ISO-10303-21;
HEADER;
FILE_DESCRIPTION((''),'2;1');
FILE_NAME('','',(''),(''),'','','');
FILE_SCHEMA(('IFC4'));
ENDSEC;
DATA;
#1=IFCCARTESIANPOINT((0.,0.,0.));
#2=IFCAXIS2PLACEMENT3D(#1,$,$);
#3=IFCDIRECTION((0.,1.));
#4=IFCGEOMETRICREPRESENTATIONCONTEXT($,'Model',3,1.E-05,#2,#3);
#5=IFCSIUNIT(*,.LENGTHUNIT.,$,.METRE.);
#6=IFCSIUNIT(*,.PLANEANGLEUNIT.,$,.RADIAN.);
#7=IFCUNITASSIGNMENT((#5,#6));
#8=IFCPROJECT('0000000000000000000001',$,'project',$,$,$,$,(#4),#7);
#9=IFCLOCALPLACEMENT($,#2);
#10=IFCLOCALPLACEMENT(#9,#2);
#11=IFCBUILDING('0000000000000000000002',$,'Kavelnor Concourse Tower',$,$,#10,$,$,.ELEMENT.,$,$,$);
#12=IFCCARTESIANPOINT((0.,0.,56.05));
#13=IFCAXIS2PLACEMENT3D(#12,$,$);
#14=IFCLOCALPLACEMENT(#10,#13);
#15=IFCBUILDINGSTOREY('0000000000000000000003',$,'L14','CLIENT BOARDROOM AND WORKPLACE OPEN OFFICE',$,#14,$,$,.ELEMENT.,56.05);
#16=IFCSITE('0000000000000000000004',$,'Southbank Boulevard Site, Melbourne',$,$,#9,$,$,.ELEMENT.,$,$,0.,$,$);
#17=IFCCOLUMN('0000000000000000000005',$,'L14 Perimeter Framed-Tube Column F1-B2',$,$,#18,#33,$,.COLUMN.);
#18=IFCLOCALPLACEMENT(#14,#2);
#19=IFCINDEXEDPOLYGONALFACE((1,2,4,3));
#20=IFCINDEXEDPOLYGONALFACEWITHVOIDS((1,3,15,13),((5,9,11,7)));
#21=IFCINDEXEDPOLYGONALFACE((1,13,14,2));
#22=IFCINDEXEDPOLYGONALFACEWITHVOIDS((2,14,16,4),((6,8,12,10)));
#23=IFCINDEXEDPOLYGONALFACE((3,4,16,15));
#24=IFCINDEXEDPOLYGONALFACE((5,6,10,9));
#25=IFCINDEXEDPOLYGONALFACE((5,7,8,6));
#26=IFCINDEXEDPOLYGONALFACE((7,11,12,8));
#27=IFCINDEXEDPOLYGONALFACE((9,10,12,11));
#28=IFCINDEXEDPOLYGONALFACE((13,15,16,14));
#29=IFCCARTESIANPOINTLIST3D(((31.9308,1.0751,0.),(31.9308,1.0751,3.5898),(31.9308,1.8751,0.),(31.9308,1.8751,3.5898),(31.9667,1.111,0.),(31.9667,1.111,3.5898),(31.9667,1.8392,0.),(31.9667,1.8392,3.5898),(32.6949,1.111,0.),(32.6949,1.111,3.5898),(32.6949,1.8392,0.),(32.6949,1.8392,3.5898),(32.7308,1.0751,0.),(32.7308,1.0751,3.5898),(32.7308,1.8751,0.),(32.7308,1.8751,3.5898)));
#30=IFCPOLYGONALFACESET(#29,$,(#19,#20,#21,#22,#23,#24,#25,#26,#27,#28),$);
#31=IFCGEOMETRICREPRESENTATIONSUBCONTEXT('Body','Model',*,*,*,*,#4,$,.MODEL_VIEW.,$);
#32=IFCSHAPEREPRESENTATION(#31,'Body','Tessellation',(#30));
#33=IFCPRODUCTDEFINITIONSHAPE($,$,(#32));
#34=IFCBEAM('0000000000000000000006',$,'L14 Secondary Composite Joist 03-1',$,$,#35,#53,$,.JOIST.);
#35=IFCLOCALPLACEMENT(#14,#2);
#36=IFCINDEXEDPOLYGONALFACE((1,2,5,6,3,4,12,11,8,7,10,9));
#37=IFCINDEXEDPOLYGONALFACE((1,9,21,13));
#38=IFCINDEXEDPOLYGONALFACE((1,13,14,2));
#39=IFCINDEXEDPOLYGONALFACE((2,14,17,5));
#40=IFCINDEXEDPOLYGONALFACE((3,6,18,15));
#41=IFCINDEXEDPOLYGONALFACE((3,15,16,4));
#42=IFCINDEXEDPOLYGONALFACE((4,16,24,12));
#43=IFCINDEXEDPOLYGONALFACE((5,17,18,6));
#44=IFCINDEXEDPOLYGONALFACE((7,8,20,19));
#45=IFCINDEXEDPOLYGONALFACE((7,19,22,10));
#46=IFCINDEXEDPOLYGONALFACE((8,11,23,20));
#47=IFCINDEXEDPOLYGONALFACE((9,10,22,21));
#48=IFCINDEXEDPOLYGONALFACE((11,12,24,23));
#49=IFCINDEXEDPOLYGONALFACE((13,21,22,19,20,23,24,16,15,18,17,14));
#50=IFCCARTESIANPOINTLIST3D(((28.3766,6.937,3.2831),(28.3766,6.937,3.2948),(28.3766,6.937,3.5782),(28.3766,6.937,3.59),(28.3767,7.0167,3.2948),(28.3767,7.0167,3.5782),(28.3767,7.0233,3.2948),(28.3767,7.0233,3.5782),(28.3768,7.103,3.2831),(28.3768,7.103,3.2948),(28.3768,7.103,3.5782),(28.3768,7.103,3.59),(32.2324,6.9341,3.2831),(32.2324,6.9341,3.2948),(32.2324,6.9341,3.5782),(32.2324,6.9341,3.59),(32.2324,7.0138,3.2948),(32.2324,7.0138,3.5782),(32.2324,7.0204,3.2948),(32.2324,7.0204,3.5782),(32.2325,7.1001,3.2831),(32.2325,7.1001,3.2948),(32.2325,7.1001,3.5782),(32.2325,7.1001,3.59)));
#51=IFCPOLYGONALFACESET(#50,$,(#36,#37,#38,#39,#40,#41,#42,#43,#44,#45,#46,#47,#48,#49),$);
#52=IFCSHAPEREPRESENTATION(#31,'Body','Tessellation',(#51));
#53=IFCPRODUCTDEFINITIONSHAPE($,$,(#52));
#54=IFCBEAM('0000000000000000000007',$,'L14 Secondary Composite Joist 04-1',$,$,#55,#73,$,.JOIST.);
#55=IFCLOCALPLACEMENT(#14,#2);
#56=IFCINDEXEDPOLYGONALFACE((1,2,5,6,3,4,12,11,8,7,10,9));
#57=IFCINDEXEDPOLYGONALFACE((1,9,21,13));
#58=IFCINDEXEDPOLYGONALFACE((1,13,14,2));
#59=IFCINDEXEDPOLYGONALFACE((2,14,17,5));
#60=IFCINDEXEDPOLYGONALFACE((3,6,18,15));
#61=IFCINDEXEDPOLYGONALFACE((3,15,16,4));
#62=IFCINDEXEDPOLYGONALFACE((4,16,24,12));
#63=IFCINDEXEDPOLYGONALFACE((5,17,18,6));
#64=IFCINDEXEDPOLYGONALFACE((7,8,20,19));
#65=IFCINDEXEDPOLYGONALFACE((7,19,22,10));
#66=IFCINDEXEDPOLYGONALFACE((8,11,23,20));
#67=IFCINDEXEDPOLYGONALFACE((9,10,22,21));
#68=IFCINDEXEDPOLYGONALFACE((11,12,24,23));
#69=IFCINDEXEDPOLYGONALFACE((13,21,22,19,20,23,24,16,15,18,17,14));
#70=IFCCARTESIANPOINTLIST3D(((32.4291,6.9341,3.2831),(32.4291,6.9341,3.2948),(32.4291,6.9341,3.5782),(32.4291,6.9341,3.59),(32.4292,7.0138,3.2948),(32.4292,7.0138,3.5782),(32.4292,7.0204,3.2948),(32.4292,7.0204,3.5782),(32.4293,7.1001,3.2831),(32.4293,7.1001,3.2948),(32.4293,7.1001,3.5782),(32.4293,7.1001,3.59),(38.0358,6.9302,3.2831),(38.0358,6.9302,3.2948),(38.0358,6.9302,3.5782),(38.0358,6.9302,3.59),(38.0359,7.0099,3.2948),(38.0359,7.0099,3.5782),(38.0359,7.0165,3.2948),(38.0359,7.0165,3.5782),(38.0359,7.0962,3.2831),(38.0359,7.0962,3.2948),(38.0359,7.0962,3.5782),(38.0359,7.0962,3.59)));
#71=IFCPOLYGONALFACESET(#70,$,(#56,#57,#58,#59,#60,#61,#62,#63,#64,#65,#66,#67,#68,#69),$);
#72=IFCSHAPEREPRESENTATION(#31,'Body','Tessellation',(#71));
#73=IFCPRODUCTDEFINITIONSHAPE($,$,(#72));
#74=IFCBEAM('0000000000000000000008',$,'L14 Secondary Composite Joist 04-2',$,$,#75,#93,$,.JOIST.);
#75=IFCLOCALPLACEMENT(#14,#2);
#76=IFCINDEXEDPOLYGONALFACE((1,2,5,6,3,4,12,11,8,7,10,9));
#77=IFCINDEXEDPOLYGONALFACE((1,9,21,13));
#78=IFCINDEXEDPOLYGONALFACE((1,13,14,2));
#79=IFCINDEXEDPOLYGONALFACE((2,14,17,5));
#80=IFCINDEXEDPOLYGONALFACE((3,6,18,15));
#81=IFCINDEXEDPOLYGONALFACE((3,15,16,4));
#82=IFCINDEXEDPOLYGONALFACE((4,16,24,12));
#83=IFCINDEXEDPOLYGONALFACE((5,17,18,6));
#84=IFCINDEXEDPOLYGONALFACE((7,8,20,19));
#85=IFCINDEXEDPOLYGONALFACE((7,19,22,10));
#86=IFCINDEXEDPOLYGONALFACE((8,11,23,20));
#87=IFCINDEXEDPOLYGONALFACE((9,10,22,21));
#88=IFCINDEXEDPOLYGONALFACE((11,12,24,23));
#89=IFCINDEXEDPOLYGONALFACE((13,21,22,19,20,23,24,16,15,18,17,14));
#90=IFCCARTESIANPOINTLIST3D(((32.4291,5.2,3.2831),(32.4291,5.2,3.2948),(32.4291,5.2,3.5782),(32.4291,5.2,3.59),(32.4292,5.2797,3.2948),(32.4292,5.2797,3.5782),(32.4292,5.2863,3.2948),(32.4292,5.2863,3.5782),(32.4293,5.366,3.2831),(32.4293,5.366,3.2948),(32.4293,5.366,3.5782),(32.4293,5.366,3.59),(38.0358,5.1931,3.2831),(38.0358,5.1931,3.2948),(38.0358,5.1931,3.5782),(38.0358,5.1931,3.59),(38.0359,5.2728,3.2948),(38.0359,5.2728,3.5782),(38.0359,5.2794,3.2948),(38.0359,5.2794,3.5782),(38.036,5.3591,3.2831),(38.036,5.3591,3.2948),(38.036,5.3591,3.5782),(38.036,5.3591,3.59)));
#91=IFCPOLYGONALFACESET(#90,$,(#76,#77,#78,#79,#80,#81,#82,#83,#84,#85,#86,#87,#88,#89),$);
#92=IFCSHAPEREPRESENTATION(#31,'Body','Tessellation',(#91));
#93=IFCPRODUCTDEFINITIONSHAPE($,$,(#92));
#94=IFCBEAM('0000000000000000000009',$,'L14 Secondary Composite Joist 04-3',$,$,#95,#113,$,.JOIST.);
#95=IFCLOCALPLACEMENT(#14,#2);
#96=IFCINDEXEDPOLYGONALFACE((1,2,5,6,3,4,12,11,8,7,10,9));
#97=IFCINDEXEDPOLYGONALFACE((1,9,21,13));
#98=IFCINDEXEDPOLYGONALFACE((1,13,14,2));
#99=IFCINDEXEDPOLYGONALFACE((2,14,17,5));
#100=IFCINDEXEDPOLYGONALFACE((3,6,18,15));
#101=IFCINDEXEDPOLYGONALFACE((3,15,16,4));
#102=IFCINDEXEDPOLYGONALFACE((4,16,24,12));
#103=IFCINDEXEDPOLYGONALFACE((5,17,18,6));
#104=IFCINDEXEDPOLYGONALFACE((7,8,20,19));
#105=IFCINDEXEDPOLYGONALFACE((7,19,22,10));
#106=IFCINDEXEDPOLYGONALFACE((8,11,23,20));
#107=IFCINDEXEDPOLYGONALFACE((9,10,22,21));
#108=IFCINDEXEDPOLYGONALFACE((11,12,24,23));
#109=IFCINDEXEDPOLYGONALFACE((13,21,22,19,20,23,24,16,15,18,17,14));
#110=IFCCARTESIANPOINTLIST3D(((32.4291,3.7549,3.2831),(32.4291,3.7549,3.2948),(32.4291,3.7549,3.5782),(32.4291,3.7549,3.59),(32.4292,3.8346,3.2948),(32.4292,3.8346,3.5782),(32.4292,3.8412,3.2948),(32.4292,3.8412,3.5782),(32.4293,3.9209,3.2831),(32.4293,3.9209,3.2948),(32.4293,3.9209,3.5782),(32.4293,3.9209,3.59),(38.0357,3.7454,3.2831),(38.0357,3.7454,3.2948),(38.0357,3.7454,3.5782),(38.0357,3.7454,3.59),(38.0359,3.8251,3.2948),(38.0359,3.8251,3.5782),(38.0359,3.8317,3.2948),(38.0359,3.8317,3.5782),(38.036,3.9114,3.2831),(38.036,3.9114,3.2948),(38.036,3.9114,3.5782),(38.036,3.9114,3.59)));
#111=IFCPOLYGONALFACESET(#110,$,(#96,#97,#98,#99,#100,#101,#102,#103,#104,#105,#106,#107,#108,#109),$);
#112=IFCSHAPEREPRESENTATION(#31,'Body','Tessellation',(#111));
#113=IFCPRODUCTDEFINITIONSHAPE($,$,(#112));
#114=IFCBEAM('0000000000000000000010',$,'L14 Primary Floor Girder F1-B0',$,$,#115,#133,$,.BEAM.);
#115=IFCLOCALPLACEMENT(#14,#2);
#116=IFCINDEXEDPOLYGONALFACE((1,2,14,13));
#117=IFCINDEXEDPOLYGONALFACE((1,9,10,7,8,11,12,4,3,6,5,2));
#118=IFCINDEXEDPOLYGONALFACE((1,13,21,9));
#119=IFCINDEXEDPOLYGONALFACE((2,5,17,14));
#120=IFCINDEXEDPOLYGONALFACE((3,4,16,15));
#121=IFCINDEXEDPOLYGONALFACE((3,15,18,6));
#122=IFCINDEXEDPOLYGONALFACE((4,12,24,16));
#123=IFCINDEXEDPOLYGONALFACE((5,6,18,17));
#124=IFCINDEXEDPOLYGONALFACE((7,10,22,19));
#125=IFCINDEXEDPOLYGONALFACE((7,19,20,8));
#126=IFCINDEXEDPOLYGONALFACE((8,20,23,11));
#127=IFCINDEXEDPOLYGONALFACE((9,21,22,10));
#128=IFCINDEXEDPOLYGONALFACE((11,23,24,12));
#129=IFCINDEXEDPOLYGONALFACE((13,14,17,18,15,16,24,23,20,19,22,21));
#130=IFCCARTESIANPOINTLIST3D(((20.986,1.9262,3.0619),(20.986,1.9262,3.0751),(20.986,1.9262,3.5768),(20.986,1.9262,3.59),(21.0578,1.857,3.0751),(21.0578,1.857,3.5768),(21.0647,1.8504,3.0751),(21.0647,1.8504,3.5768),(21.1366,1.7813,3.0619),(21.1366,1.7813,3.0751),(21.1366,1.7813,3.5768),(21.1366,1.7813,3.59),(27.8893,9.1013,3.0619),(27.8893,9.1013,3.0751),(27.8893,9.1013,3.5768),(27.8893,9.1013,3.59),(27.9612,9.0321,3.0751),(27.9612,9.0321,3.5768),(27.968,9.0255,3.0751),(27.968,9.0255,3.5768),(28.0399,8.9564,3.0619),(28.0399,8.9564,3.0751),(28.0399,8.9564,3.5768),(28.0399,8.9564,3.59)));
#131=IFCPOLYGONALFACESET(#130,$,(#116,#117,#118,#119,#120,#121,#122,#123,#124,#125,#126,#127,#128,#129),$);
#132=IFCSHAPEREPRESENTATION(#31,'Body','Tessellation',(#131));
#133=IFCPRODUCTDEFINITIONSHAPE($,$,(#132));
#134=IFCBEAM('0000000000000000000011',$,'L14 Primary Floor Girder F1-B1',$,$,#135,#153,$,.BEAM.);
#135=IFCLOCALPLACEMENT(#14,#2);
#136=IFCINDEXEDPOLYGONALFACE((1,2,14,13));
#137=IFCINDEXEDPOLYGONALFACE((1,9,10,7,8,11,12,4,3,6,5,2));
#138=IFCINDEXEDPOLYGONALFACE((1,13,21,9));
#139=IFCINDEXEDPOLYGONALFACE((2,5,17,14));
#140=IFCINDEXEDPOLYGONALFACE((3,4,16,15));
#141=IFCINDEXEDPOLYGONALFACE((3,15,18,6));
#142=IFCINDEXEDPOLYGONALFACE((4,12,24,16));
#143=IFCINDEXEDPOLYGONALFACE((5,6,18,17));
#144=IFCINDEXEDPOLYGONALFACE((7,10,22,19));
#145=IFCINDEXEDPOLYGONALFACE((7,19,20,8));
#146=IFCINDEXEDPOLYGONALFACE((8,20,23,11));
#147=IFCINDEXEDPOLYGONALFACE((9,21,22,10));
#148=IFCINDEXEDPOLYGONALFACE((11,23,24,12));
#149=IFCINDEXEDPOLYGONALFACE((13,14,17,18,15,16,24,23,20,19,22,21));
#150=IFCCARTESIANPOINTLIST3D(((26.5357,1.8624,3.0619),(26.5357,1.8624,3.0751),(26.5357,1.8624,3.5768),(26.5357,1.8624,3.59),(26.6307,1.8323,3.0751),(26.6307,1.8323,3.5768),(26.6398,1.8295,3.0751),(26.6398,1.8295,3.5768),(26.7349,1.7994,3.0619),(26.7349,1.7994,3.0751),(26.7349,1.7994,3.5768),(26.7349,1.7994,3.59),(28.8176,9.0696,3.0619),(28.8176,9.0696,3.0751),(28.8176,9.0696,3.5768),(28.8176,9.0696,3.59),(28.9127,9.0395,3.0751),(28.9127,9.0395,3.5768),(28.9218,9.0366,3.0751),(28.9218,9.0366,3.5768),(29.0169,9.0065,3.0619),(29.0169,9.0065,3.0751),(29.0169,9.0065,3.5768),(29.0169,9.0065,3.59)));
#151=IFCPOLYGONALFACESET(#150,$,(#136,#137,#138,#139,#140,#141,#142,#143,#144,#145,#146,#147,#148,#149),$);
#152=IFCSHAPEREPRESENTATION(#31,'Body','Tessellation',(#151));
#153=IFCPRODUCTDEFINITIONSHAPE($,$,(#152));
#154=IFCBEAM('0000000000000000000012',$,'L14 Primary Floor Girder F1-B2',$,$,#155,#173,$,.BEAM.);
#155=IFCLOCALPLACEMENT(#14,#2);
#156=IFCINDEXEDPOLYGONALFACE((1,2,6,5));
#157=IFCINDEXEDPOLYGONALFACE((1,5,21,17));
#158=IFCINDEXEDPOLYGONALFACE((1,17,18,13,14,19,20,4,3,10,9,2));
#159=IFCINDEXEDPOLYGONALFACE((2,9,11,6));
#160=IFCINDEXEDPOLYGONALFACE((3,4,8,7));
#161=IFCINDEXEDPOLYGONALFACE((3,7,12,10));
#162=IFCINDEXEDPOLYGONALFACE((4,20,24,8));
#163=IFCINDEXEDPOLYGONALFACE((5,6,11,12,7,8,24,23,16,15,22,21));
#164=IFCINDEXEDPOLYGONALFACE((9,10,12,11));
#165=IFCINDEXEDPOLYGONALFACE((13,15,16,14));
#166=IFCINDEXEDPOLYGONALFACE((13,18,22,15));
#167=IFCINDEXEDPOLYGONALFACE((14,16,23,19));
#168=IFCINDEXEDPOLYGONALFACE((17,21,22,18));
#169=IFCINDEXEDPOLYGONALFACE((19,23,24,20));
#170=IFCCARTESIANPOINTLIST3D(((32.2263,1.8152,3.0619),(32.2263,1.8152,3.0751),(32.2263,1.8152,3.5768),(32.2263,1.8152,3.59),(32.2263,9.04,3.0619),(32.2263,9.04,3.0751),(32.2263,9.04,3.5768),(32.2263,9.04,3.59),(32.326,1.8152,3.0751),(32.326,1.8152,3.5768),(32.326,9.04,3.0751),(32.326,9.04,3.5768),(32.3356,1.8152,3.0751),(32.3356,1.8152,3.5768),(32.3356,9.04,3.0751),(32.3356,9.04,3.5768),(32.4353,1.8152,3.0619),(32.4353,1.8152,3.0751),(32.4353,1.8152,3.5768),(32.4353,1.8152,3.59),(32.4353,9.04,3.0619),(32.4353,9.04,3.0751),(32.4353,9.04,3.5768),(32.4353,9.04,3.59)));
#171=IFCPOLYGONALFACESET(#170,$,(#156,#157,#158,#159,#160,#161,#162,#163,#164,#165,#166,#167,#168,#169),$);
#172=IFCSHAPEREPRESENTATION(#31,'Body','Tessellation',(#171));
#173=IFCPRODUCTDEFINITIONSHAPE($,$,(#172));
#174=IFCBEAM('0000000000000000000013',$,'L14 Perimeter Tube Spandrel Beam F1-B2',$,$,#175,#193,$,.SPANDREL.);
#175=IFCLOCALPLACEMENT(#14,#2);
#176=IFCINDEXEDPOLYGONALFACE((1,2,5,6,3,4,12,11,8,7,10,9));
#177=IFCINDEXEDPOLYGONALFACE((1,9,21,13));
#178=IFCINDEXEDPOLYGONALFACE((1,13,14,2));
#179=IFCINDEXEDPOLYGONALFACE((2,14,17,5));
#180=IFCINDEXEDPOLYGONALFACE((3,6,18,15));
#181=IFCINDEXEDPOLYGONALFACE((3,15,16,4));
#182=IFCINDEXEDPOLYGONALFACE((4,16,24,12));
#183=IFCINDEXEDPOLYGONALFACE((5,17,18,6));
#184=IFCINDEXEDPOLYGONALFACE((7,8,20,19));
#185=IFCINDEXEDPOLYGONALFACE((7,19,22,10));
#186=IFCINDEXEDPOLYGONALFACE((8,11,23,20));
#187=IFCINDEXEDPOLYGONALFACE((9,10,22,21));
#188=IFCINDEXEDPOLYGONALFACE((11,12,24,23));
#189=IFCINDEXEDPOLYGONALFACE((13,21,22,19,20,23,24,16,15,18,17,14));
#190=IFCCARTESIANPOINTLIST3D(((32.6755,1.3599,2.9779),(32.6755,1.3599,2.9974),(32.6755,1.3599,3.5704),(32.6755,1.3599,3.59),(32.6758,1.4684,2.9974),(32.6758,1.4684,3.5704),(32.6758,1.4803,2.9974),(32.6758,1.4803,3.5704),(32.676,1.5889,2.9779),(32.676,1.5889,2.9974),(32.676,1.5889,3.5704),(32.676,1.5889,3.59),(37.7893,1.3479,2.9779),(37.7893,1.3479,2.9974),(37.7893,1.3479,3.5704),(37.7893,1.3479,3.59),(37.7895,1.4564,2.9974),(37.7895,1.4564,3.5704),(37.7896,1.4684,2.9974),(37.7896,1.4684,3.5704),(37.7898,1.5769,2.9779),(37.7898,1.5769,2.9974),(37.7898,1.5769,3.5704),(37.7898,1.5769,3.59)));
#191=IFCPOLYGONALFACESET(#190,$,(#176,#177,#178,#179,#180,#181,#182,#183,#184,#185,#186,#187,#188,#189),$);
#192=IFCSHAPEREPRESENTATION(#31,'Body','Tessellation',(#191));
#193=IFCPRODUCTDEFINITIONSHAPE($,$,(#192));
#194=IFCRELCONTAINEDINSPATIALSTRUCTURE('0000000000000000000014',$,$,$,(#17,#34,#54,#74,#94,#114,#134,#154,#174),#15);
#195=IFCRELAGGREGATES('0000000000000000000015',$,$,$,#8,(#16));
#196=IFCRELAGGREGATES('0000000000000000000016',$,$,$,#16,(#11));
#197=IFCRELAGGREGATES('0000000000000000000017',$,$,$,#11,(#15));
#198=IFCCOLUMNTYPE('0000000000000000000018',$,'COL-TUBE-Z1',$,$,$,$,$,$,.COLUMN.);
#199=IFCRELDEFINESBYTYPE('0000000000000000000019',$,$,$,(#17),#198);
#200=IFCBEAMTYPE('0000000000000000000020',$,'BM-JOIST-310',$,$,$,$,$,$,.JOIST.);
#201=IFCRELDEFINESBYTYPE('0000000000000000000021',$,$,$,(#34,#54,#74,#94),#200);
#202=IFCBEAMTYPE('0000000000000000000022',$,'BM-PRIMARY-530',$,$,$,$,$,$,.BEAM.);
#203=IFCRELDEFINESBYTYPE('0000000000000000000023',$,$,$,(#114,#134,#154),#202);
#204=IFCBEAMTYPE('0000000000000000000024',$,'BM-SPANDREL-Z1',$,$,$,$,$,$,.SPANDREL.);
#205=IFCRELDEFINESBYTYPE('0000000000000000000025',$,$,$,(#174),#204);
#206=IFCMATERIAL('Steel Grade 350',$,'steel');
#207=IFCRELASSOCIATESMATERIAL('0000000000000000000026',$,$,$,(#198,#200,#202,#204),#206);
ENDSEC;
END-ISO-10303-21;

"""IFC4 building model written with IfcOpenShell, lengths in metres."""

from ifc_helpers import new_model, si_unit, direction, frame, origin, origin_2d, place, context, subcontext, project, spatial, hollow_rectangle, i_section, extrude, material, material_profile, profile_set, type_object, element, save


model = new_model("IFC4")

# Units and contexts
model_context = context("Model", 3, precision=1e-05, world=origin(), true_north=direction((0.0, 1.0)))
body_context = subcontext(model_context, "Body", "Model", "MODEL_VIEW")
ifc_project = project(units=[si_unit("LENGTHUNIT", "METRE"), si_unit("PLANEANGLEUNIT", "RADIAN")], contexts=[model_context])

# Site, building, storey
site_placement = place(None, origin())
site = spatial("IfcSite", under=ifc_project, at=site_placement, Name="Southbank Boulevard Site, Melbourne", CompositionType="ELEMENT", RefElevation=0.0)
building_placement = place(site_placement, origin())
building = spatial("IfcBuilding", under=site, at=building_placement, Name="Kavelnor Concourse Tower", CompositionType="ELEMENT")
storey_placement = place(building_placement, frame((0.0, 0.0, 56.05)))
storey = spatial("IfcBuildingStorey", under=building, at=storey_placement, Name="L14", Description="CLIENT BOARDROOM AND WORKPLACE OPEN OFFICE", CompositionType="ELEMENT", Elevation=56.05)

# Column
ifc_material_1 = material(Name="Steel Grade 350", Category="steel")
ifc_material_profile_1 = material_profile(ifc_material_1, hollow_rectangle(XDim=0.8, YDim=0.8, WallThickness=0.0359, at=origin_2d()), Name="SHS 800x800x36")
ifc_profile_set_1 = profile_set([ifc_material_profile_1], Name="Steel Grade 350")
column_type = type_object("IfcColumnType", Name="COL-TUBE-Z1", PredefinedType="COLUMN", material=ifc_profile_set_1)
column_placement = place(storey_placement, frame((32.3308, 1.4751, 0.0), z_axis=(0.0, 0.0, 1.0), x_axis=(1.0, 0.0, 0.0)))
element("IfcColumn", 1, at=column_placement, inside=storey, type_object=column_type, Name="L14 Perimeter Framed-Tube Column F1-B2", PredefinedType="COLUMN", context=body_context, shape_type="SweptSolid", body=[
    extrude(hollow_rectangle(XDim=0.8, YDim=0.8, WallThickness=0.0359, at=origin_2d()), origin(), (0.0, 0.0, 1.0), 3.5898),
])

# Beams
ifc_material_profile_2 = material_profile(ifc_material_1, i_section(OverallWidth=0.166, OverallDepth=0.3069, WebThickness=0.0066, FlangeThickness=0.0117, at=origin_2d()), Name="310UB46")
ifc_profile_set_2 = profile_set([ifc_material_profile_2], Name="Steel Grade 350")
beam_type_1 = type_object("IfcBeamType", Name="BM-JOIST-310", PredefinedType="JOIST", material=ifc_profile_set_2)
beam_1_placement = place(storey_placement, frame((28.3767, 7.02, 3.4365), z_axis=(1.0, -0.00076, 0.0), x_axis=(0.00076, 1.0, 0.0)))
element("IfcBeam", 2, at=beam_1_placement, inside=storey, type_object=beam_type_1, Name="L14 Secondary Composite Joist 03-1", PredefinedType="JOIST", context=body_context, shape_type="SweptSolid", body=[
    extrude(i_section(OverallWidth=0.166, OverallDepth=0.3069, WebThickness=0.0066, FlangeThickness=0.0117, at=origin_2d()), origin(), (0.0, 0.0, 1.0), 3.8557),
])
for number, where, z_axis, x_axis, name in (
    (3, (32.4292, 7.0171, 3.4365), (1.0, -0.000697, 0.0), (0.000697, 1.0, 0.0), "L14 Secondary Composite Joist 04-1"),
    (4, (32.4292, 5.283, 3.4365), (0.999999, -0.001219, 0.0), (0.001219, 0.999999, 0.0), "L14 Secondary Composite Joist 04-2"),
    (5, (32.4292, 3.8379, 3.4365), (0.999999, -0.001698, 0.0), (0.001698, 0.999999, 0.0), "L14 Secondary Composite Joist 04-3"),
):
    element("IfcBeam", number, at=place(storey_placement, frame(where, z_axis=z_axis, x_axis=x_axis)), inside=storey, type_object=beam_type_1, Name=name, PredefinedType="JOIST", context=body_context, shape_type="SweptSolid", body=[
        extrude(i_section(OverallWidth=0.166, OverallDepth=0.3069, WebThickness=0.0066, FlangeThickness=0.0117, at=origin_2d()), origin(), (0.0, 0.0, 1.0), 5.6067),
    ])
ifc_material_profile_3 = material_profile(ifc_material_1, i_section(OverallWidth=0.209, OverallDepth=0.5281, WebThickness=0.0095, FlangeThickness=0.0132, at=origin_2d()), Name="530UB82")
ifc_profile_set_3 = profile_set([ifc_material_profile_3], Name="Steel Grade 350")
beam_type_2 = type_object("IfcBeamType", Name="BM-PRIMARY-530", PredefinedType="BEAM", material=ifc_profile_set_3)
beam_2_placement = place(storey_placement, frame((27.9646, 9.0288, 3.3259), z_axis=(-0.69333, -0.720621, 0.0), x_axis=(0.720621, -0.69333, 0.0)))
element("IfcBeam", 6, at=beam_2_placement, inside=storey, type_object=beam_type_2, Name="L14 Primary Floor Girder F1-B0", PredefinedType="BEAM", context=body_context, shape_type="SweptSolid", body=[
    extrude(i_section(OverallWidth=0.209, OverallDepth=0.5281, WebThickness=0.0095, FlangeThickness=0.0132, at=origin_2d()), origin(), (0.0, 0.0, 1.0), 9.9568),
])
beam_3_placement = place(storey_placement, frame((28.9172, 9.0381, 3.3259), z_axis=(-0.301853, -0.953354, 0.0), x_axis=(0.953354, -0.301853, 0.0)))
element("IfcBeam", 7, at=beam_3_placement, inside=storey, type_object=beam_type_2, Name="L14 Primary Floor Girder F1-B1", PredefinedType="BEAM", context=body_context, shape_type="SweptSolid", body=[
    extrude(i_section(OverallWidth=0.209, OverallDepth=0.5281, WebThickness=0.0095, FlangeThickness=0.0132, at=origin_2d()), origin(), (0.0, 0.0, 1.0), 7.5598),
])
beam_4_placement = place(storey_placement, frame((32.3308, 9.04, 3.3259), z_axis=(0.0, -1.0, 0.0), x_axis=(1.0, 0.0, 0.0)))
element("IfcBeam", 8, at=beam_4_placement, inside=storey, type_object=beam_type_2, Name="L14 Primary Floor Girder F1-B2", PredefinedType="BEAM", context=body_context, shape_type="SweptSolid", body=[
    extrude(i_section(OverallWidth=0.209, OverallDepth=0.5281, WebThickness=0.0095, FlangeThickness=0.0132, at=origin_2d()), origin(), (0.0, 0.0, 1.0), 7.2249),
])
ifc_material_profile_4 = material_profile(ifc_material_1, i_section(OverallWidth=0.229, OverallDepth=0.6121, WebThickness=0.012, FlangeThickness=0.0195, at=origin_2d()), Name="610UB125")
ifc_profile_set_4 = profile_set([ifc_material_profile_4], Name="Steel Grade 350")
beam_type_3 = type_object("IfcBeamType", Name="BM-SPANDREL-Z1", PredefinedType="SPANDREL", material=ifc_profile_set_4)
beam_5_placement = place(storey_placement, frame((32.6758, 1.4744, 3.2839), z_axis=(0.999997, -0.002339, 0.0), x_axis=(0.002339, 0.999997, 0.0)))
element("IfcBeam", 9, at=beam_5_placement, inside=storey, type_object=beam_type_3, Name="L14 Perimeter Tube Spandrel Beam F1-B2", PredefinedType="SPANDREL", context=body_context, shape_type="SweptSolid", body=[
    extrude(i_section(OverallWidth=0.229, OverallDepth=0.6121, WebThickness=0.012, FlangeThickness=0.0195, at=origin_2d()), origin(), (0.0, 0.0, 1.0), 5.1138),
])

save(model, "model.ifc")
